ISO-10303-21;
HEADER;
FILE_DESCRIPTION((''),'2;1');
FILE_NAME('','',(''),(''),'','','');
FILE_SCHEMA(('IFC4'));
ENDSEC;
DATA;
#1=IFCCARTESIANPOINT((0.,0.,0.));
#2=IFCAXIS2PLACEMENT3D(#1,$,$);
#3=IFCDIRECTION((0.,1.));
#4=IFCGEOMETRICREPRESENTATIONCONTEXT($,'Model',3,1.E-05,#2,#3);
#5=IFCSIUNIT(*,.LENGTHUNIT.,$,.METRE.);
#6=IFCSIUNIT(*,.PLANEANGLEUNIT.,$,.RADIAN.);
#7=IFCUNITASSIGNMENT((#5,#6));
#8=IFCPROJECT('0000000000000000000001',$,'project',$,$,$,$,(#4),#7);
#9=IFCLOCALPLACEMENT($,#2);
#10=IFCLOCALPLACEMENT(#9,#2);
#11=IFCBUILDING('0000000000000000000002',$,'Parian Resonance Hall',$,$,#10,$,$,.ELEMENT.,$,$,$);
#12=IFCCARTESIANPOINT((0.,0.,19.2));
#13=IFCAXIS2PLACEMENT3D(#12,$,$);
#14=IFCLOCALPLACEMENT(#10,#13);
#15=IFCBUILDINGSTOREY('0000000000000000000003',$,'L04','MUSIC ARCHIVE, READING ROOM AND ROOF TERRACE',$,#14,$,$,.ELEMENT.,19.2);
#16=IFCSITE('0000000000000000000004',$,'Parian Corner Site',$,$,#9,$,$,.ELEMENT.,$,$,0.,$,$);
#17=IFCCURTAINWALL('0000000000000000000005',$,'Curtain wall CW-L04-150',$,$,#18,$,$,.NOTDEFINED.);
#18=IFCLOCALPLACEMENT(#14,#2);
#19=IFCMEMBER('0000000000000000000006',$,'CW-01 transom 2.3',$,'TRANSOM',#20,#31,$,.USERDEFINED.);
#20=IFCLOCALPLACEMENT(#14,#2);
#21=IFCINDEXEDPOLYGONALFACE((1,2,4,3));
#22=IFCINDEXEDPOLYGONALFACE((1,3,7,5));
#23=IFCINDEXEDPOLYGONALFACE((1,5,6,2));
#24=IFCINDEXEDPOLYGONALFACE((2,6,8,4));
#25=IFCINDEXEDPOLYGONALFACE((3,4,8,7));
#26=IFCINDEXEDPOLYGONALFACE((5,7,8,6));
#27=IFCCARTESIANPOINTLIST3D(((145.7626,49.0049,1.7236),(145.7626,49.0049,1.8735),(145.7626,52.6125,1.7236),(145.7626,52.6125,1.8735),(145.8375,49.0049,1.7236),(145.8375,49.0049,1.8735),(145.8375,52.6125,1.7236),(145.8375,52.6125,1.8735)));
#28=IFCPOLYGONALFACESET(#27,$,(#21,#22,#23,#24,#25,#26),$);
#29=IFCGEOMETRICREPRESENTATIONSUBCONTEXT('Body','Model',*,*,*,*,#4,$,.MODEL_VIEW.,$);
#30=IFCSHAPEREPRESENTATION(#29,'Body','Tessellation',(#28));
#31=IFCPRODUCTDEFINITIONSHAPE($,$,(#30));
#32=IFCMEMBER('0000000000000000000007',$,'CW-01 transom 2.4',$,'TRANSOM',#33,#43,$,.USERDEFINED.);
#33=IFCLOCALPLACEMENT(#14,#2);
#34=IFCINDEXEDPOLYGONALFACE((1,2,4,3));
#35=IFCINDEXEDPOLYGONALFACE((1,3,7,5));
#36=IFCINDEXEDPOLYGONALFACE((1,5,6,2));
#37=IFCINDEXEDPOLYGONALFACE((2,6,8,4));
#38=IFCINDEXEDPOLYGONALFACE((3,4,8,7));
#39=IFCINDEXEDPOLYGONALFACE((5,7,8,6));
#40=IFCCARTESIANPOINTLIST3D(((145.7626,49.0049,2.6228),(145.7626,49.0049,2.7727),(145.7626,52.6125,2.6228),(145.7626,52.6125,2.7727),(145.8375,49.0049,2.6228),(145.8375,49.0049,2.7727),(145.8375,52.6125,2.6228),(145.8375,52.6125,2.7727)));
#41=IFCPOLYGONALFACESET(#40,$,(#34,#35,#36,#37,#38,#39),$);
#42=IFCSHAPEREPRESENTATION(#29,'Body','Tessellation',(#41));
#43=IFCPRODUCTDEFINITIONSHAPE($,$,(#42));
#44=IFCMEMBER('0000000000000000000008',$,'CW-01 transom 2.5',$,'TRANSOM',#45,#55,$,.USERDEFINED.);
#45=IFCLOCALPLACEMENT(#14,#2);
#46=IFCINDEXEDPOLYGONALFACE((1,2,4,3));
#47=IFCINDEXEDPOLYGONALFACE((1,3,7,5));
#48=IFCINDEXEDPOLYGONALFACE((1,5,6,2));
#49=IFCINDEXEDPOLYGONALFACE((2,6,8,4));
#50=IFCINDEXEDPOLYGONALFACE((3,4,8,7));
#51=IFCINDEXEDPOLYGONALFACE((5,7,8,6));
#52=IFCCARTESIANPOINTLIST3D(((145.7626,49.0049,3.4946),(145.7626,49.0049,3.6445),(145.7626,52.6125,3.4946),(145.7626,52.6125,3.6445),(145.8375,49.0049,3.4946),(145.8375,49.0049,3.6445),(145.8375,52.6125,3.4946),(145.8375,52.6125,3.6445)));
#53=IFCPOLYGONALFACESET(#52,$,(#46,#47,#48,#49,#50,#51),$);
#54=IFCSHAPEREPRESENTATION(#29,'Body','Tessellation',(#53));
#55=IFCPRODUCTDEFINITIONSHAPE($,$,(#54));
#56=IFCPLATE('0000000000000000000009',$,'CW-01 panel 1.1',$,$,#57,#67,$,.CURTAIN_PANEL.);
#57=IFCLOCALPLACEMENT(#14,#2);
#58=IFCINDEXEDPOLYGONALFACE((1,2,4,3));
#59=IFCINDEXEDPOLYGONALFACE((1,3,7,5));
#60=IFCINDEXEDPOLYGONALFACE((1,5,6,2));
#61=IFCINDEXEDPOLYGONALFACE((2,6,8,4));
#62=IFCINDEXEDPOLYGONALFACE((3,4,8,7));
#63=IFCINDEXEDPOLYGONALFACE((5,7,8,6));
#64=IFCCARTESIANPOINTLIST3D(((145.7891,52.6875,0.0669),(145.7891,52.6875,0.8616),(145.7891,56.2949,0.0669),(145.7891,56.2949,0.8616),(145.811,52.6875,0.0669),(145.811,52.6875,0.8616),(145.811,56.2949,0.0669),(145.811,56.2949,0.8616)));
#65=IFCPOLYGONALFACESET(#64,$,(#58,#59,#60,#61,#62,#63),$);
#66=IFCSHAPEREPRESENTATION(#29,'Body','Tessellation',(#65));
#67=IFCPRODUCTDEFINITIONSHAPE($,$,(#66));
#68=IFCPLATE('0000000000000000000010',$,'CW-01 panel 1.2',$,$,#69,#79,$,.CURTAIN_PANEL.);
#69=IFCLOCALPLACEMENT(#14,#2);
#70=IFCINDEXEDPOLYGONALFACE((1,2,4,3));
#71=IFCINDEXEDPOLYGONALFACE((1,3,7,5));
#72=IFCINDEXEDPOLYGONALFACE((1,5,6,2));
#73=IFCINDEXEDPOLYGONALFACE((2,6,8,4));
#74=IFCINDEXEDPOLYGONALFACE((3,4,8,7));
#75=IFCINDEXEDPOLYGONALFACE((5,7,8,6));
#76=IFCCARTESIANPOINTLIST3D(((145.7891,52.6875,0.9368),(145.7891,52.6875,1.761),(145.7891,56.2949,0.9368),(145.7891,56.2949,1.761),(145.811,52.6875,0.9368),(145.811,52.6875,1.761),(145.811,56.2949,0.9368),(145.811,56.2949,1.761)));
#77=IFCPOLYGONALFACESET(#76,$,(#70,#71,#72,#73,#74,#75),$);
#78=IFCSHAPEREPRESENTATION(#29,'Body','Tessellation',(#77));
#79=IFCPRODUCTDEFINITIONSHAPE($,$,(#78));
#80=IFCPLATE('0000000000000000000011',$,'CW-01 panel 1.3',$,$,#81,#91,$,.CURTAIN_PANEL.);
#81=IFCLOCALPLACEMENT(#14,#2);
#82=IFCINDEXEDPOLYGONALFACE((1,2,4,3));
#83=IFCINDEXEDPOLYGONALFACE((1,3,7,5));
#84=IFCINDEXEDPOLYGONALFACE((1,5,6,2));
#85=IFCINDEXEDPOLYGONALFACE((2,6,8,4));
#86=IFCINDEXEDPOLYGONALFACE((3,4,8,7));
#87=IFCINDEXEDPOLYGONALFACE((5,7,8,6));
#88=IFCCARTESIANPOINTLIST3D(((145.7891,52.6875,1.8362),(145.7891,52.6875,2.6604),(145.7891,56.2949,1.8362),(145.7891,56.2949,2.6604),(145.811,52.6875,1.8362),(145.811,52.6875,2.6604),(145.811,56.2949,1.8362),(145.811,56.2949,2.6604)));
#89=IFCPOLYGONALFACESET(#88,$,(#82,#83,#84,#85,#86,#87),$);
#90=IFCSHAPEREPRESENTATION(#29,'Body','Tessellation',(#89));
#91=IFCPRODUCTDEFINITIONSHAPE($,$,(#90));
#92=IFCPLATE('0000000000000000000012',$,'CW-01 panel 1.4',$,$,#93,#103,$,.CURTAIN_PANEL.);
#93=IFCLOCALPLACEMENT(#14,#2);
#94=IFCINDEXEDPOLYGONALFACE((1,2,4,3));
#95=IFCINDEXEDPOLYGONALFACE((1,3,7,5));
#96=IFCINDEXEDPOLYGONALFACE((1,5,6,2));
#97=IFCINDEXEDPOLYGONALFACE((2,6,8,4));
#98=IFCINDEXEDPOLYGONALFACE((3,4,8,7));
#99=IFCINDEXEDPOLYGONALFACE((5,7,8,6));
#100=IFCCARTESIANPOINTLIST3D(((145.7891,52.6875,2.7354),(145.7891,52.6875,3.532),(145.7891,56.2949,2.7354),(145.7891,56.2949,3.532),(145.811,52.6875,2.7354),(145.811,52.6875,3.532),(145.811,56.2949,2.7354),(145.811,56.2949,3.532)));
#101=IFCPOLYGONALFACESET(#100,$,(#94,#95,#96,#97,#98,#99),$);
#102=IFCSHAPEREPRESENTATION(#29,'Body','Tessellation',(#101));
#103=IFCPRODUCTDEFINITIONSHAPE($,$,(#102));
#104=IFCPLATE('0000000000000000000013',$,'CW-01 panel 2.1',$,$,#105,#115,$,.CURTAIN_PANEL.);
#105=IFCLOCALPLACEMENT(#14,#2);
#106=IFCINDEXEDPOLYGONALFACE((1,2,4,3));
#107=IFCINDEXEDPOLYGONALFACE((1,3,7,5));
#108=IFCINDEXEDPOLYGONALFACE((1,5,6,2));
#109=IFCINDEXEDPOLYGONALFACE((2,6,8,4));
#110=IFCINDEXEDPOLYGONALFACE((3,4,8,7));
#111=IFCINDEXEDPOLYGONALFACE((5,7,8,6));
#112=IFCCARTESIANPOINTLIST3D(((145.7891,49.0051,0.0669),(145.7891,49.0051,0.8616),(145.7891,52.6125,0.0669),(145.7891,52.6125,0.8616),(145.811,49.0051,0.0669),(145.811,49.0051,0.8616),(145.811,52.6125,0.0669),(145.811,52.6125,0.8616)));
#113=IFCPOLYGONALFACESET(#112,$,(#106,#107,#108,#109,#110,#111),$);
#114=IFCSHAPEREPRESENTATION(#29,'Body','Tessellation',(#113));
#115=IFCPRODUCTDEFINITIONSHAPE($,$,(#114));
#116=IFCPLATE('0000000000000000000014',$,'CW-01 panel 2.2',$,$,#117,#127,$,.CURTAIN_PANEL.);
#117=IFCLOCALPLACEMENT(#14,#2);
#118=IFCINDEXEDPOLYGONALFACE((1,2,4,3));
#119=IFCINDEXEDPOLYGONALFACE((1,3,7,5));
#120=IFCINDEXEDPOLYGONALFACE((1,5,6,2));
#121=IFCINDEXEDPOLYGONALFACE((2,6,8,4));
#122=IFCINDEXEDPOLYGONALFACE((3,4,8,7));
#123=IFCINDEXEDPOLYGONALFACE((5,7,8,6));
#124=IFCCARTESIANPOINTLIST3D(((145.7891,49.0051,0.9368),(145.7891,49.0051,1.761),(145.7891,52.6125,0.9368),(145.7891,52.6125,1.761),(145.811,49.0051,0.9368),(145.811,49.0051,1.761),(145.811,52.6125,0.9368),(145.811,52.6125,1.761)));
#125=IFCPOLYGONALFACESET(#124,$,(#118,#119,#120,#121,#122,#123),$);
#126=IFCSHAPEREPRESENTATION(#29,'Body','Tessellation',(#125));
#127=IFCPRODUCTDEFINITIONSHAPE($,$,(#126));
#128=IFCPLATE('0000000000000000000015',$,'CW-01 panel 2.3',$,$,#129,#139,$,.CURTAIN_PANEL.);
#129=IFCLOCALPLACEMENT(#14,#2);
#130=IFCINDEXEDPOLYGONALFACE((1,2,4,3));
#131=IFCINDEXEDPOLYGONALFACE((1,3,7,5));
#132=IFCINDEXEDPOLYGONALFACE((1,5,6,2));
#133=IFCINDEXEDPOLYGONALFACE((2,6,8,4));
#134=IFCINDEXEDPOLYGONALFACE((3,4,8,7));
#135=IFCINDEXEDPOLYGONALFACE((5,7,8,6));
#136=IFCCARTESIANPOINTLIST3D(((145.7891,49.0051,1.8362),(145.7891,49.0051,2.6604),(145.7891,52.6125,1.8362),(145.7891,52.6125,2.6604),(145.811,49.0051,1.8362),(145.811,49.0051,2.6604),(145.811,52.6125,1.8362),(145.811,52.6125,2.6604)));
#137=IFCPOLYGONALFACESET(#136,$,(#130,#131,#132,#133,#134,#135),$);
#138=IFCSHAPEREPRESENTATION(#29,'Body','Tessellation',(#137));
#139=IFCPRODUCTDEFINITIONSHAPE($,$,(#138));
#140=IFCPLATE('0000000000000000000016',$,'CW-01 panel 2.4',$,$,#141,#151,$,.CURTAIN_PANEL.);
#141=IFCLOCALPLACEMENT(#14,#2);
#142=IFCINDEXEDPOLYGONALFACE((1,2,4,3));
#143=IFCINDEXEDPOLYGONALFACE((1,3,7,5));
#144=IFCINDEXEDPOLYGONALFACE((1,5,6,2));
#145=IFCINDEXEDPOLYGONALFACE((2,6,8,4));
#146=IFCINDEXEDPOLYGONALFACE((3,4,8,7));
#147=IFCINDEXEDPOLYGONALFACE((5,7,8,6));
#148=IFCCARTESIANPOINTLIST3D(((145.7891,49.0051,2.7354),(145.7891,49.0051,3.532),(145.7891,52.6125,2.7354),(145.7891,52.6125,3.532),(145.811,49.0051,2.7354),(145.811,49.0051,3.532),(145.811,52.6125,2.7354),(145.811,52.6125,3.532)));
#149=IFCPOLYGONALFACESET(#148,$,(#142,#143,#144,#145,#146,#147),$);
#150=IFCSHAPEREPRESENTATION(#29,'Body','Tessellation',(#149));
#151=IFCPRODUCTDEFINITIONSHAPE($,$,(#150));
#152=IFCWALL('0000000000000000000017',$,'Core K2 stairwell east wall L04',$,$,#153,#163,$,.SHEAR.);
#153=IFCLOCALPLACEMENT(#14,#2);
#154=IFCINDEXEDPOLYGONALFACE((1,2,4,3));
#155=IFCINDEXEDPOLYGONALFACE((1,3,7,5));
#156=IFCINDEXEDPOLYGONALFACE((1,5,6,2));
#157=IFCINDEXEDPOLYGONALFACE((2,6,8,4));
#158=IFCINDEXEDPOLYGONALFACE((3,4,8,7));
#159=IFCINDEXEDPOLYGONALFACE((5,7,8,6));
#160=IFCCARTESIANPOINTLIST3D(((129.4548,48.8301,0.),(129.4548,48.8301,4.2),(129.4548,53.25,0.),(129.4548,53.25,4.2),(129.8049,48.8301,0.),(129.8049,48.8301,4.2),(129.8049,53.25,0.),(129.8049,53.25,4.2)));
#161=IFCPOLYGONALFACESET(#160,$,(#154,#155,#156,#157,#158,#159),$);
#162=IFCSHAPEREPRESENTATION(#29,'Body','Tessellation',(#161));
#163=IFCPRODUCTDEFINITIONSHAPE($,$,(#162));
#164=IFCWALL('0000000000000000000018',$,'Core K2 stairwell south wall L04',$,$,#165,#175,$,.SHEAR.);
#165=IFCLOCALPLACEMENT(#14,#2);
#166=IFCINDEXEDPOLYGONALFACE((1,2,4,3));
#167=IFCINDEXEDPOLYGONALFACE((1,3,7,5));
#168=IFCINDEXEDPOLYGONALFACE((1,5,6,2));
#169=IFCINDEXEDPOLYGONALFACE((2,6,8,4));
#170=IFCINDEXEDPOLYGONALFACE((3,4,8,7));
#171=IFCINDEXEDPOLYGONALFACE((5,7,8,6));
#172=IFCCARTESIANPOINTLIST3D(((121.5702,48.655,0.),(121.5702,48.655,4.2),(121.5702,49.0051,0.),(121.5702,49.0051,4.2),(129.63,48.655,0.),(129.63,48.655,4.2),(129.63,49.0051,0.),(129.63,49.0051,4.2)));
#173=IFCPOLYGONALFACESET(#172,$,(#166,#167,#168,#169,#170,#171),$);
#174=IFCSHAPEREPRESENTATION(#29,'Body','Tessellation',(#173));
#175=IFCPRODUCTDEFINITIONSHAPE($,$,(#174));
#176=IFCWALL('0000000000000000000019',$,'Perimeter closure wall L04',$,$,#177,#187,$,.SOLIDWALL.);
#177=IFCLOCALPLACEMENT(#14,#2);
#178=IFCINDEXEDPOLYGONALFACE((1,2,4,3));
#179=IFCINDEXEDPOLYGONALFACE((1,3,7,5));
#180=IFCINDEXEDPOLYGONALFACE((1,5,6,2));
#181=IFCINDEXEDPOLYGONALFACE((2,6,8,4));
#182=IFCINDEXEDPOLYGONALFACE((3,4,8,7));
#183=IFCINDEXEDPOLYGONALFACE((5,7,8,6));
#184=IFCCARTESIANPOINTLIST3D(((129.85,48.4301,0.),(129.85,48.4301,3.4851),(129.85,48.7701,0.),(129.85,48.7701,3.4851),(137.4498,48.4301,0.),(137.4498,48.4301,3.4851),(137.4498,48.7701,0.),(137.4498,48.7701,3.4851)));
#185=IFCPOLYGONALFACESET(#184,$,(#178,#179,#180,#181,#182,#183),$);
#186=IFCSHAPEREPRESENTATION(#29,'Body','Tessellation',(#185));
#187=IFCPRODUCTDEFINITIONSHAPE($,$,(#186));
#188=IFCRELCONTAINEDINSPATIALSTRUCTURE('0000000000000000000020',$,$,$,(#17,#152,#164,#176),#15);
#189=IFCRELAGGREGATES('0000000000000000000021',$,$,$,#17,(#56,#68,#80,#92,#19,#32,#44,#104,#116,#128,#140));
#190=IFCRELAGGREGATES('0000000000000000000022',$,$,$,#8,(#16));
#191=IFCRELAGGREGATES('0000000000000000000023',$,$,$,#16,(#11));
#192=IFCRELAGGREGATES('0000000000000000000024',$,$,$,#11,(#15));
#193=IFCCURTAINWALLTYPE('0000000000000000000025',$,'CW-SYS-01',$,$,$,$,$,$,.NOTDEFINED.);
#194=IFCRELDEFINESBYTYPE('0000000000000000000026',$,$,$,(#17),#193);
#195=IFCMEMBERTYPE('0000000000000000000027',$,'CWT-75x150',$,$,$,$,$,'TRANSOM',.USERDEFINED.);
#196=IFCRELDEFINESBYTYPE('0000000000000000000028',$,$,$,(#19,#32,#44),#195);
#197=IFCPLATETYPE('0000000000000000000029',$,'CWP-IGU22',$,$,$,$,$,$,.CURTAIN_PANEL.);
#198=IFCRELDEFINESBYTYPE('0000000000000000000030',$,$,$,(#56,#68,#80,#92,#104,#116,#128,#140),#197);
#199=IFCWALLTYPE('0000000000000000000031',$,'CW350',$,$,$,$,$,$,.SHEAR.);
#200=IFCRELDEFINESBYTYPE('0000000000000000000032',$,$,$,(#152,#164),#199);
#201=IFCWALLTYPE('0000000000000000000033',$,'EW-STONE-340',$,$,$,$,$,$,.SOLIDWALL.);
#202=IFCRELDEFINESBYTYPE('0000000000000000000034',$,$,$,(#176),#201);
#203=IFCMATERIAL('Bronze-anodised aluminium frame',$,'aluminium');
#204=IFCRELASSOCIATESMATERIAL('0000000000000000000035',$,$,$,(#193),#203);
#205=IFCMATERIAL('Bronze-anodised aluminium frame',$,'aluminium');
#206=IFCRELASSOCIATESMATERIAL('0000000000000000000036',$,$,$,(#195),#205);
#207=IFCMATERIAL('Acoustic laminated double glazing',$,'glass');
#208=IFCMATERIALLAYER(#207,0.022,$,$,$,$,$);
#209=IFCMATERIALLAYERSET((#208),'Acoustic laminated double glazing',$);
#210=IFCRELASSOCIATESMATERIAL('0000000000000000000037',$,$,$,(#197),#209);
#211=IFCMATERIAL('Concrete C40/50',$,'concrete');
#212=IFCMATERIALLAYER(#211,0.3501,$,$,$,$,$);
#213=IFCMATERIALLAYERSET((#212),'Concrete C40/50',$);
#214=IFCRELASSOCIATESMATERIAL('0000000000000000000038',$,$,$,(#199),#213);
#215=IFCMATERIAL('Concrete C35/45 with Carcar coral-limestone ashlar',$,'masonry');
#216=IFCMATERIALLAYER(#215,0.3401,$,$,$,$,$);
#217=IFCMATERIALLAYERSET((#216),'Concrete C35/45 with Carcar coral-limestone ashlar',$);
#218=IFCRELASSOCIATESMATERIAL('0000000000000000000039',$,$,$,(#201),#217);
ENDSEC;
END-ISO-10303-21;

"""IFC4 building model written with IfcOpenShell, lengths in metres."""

from ifc_helpers import new_model, si_unit, direction, frame, frame_2d, origin, origin_2d, place, context, subcontext, project, spatial, rectangle, extrude, material, layer, layer_set, material_profile, profile_set, type_object, element, aggregate, save


model = new_model("IFC4")

# Units and contexts
model_context = context("Model", 3, precision=1e-05, world=origin(), true_north=direction((0.0, 1.0)))
body_context = subcontext(model_context, "Body", "Model", "MODEL_VIEW")
ifc_project = project(units=[si_unit("LENGTHUNIT", "METRE"), si_unit("PLANEANGLEUNIT", "RADIAN")], contexts=[model_context])

# Site, building, storey
site_placement = place(None, origin())
site = spatial("IfcSite", under=ifc_project, at=site_placement, Name="Parian Corner Site", CompositionType="ELEMENT", RefElevation=0.0)
building_placement = place(site_placement, origin())
building = spatial("IfcBuilding", under=site, at=building_placement, Name="Parian Resonance Hall", CompositionType="ELEMENT")
storey_placement = place(building_placement, frame((0.0, 0.0, 19.2)))
storey = spatial("IfcBuildingStorey", under=building, at=storey_placement, Name="L04", Description="MUSIC ARCHIVE, READING ROOM AND ROOF TERRACE", CompositionType="ELEMENT", Elevation=19.2)

# Curtain wall, members, plates
ifc_material_1 = material(Name="Bronze-anodised aluminium frame", Category="aluminium")
curtain_wall_type = type_object("IfcCurtainWallType", Name="CW-SYS-01", PredefinedType="NOTDEFINED", material=ifc_material_1)
curtain_wall_placement = place(storey_placement, origin())
curtain_wall = element("IfcCurtainWall", 1, at=curtain_wall_placement, inside=storey, type_object=curtain_wall_type, Name="Curtain wall CW-L04-150", PredefinedType="NOTDEFINED")
ifc_material_2 = material(Name="Bronze-anodised aluminium frame", Category="aluminium")
ifc_material_profile_1 = material_profile(ifc_material_2, rectangle(XDim=0.075, YDim=0.1499, at=origin_2d()), Name="CWT-75x150")
ifc_profile_set_1 = profile_set([ifc_material_profile_1], Name="Bronze-anodised aluminium frame")
member_type_1 = type_object("IfcMemberType", Name="CWT-75x150", ElementType="TRANSOM", PredefinedType="USERDEFINED", material=ifc_profile_set_1)
member_1_placement = place(storey_placement, frame((145.8, 52.6125, 1.7986), z_axis=(0.0, -1.0, 0.0), x_axis=(1.0, 0.0, 0.0)))
member_1 = element("IfcMember", 2, at=member_1_placement, type_object=member_type_1, Name="CW-01 transom 2.3", ObjectType="TRANSOM", PredefinedType="USERDEFINED", context=body_context, shape_type="SweptSolid", body=[
    extrude(rectangle(XDim=0.075, YDim=0.1499, at=origin_2d()), origin(), (0.0, 0.0, 1.0), 3.6077),
])
member_2_placement = place(storey_placement, frame((145.8, 52.6125, 2.6978), z_axis=(0.0, -1.0, 0.0), x_axis=(1.0, 0.0, 0.0)))
member_2 = element("IfcMember", 3, at=member_2_placement, type_object=member_type_1, Name="CW-01 transom 2.4", ObjectType="TRANSOM", PredefinedType="USERDEFINED", context=body_context, shape_type="SweptSolid", body=[
    extrude(rectangle(XDim=0.075, YDim=0.1499, at=origin_2d()), origin(), (0.0, 0.0, 1.0), 3.6077),
])
member_3_placement = place(storey_placement, frame((145.8, 52.6125, 3.5696), z_axis=(0.0, -1.0, 0.0), x_axis=(1.0, 0.0, 0.0)))
member_3 = element("IfcMember", 4, at=member_3_placement, type_object=member_type_1, Name="CW-01 transom 2.5", ObjectType="TRANSOM", PredefinedType="USERDEFINED", context=body_context, shape_type="SweptSolid", body=[
    extrude(rectangle(XDim=0.075, YDim=0.1499, at=origin_2d()), origin(), (0.0, 0.0, 1.0), 3.6077),
])
ifc_material_3 = material(Name="Acoustic laminated double glazing", Category="glass")
ifc_layer_1 = layer(ifc_material_3, 0.022)
ifc_layer_set_1 = layer_set([ifc_layer_1], Name="Acoustic laminated double glazing")
plate_type = type_object("IfcPlateType", Name="CWP-IGU22", PredefinedType="CURTAIN_PANEL", material=ifc_layer_set_1)
plate_1_placement = place(storey_placement, frame((145.8, 54.4912, 0.0669), z_axis=(0.0, 0.0, 1.0), x_axis=(0.0, -1.0, 0.0)))
plate_1 = element("IfcPlate", 5, at=plate_1_placement, type_object=plate_type, Name="CW-01 panel 1.1", PredefinedType="CURTAIN_PANEL", context=body_context, shape_type="SweptSolid", body=[
    extrude(rectangle(XDim=3.6074, YDim=0.022, at=origin_2d()), origin(), (0.0, 0.0, 1.0), 0.7947),
])
plate_2_placement = place(storey_placement, frame((145.8, 54.4912, 0.9368), z_axis=(0.0, 0.0, 1.0), x_axis=(0.0, -1.0, 0.0)))
plate_2 = element("IfcPlate", 6, at=plate_2_placement, type_object=plate_type, Name="CW-01 panel 1.2", PredefinedType="CURTAIN_PANEL", context=body_context, shape_type="SweptSolid", body=[
    extrude(rectangle(XDim=3.6074, YDim=0.022, at=origin_2d()), origin(), (0.0, 0.0, 1.0), 0.8242),
])
plate_3_placement = place(storey_placement, frame((145.8, 54.4912, 1.8362), z_axis=(0.0, 0.0, 1.0), x_axis=(0.0, -1.0, 0.0)))
plate_3 = element("IfcPlate", 7, at=plate_3_placement, type_object=plate_type, Name="CW-01 panel 1.3", PredefinedType="CURTAIN_PANEL", context=body_context, shape_type="SweptSolid", body=[
    extrude(rectangle(XDim=3.6074, YDim=0.022, at=origin_2d()), origin(), (0.0, 0.0, 1.0), 0.8242),
])
plate_4_placement = place(storey_placement, frame((145.8, 54.4912, 2.7354), z_axis=(0.0, 0.0, 1.0), x_axis=(0.0, -1.0, 0.0)))
plate_4 = element("IfcPlate", 8, at=plate_4_placement, type_object=plate_type, Name="CW-01 panel 1.4", PredefinedType="CURTAIN_PANEL", context=body_context, shape_type="SweptSolid", body=[
    extrude(rectangle(XDim=3.6074, YDim=0.022, at=origin_2d()), origin(), (0.0, 0.0, 1.0), 0.7966),
])
plate_5_placement = place(storey_placement, frame((145.8, 50.8088, 0.0669), z_axis=(0.0, 0.0, 1.0), x_axis=(0.0, -1.0, 0.0)))
plate_5 = element("IfcPlate", 9, at=plate_5_placement, type_object=plate_type, Name="CW-01 panel 2.1", PredefinedType="CURTAIN_PANEL", context=body_context, shape_type="SweptSolid", body=[
    extrude(rectangle(XDim=3.6074, YDim=0.022, at=origin_2d()), origin(), (0.0, 0.0, 1.0), 0.7947),
])
plate_6_placement = place(storey_placement, frame((145.8, 50.8088, 0.9368), z_axis=(0.0, 0.0, 1.0), x_axis=(0.0, -1.0, 0.0)))
plate_6 = element("IfcPlate", 10, at=plate_6_placement, type_object=plate_type, Name="CW-01 panel 2.2", PredefinedType="CURTAIN_PANEL", context=body_context, shape_type="SweptSolid", body=[
    extrude(rectangle(XDim=3.6074, YDim=0.022, at=origin_2d()), origin(), (0.0, 0.0, 1.0), 0.8242),
])
plate_7_placement = place(storey_placement, frame((145.8, 50.8088, 1.8362), z_axis=(0.0, 0.0, 1.0), x_axis=(0.0, -1.0, 0.0)))
plate_7 = element("IfcPlate", 11, at=plate_7_placement, type_object=plate_type, Name="CW-01 panel 2.3", PredefinedType="CURTAIN_PANEL", context=body_context, shape_type="SweptSolid", body=[
    extrude(rectangle(XDim=3.6074, YDim=0.022, at=origin_2d()), origin(), (0.0, 0.0, 1.0), 0.8242),
])
plate_8_placement = place(storey_placement, frame((145.8, 50.8088, 2.7354), z_axis=(0.0, 0.0, 1.0), x_axis=(0.0, -1.0, 0.0)))
plate_8 = element("IfcPlate", 12, at=plate_8_placement, type_object=plate_type, Name="CW-01 panel 2.4", PredefinedType="CURTAIN_PANEL", context=body_context, shape_type="SweptSolid", body=[
    extrude(rectangle(XDim=3.6074, YDim=0.022, at=origin_2d()), origin(), (0.0, 0.0, 1.0), 0.7966),
])
aggregate(curtain_wall, [plate_1, plate_2, plate_3, plate_4, member_1, member_2, member_3, plate_5, plate_6, plate_7, plate_8])

# Walls
ifc_material_4 = material(Name="Concrete C40/50", Category="concrete")
ifc_layer_2 = layer(ifc_material_4, 0.3501)
ifc_layer_set_2 = layer_set([ifc_layer_2], Name="Concrete C40/50")
wall_type_1 = type_object("IfcWallType", Name="CW350", PredefinedType="SHEAR", material=ifc_layer_set_2)
wall_1_placement = place(storey_placement, frame((129.6299, 53.25, 0.0), z_axis=(0.0, 0.0, 1.0), x_axis=(0.0, -1.0, 0.0)))
element("IfcWall", 13, at=wall_1_placement, inside=storey, type_object=wall_type_1, Name="Core K2 stairwell east wall L04", PredefinedType="SHEAR", context=body_context, shape_type="SweptSolid", body=[
    extrude(rectangle(XDim=4.4199, YDim=0.3501, at=frame_2d((2.21, 0.0))), origin(), (0.0, 0.0, 1.0), 4.2),
])
wall_2_placement = place(storey_placement, frame((129.6299, 48.8301, 0.0), z_axis=(0.0, 0.0, 1.0), x_axis=(-1.0, 0.0, 0.0)))
element("IfcWall", 14, at=wall_2_placement, inside=storey, type_object=wall_type_1, Name="Core K2 stairwell south wall L04", PredefinedType="SHEAR", context=body_context, shape_type="SweptSolid", body=[
    extrude(rectangle(XDim=8.0598, YDim=0.3501, at=frame_2d((4.0298, 0.0))), origin(), (0.0, 0.0, 1.0), 4.2),
])
ifc_material_5 = material(Name="Concrete C35/45 with Carcar coral-limestone ashlar", Category="masonry")
ifc_layer_3 = layer(ifc_material_5, 0.3401)
ifc_layer_set_3 = layer_set([ifc_layer_3], Name="Concrete C35/45 with Carcar coral-limestone ashlar")
wall_type_2 = type_object("IfcWallType", Name="EW-STONE-340", PredefinedType="SOLIDWALL", material=ifc_layer_set_3)
wall_3_placement = place(storey_placement, frame((129.8501, 48.6001, 0.0), z_axis=(0.0, 0.0, 1.0), x_axis=(1.0, 0.0, 0.0)))
element("IfcWall", 15, at=wall_3_placement, inside=storey, type_object=wall_type_2, Name="Perimeter closure wall L04", PredefinedType="SOLIDWALL", context=body_context, shape_type="SweptSolid", body=[
    extrude(rectangle(XDim=7.5999, YDim=0.3401, at=frame_2d((3.7998, 0.0))), origin(), (0.0, 0.0, 1.0), 3.4851),
])

save(model, "model.ifc")
